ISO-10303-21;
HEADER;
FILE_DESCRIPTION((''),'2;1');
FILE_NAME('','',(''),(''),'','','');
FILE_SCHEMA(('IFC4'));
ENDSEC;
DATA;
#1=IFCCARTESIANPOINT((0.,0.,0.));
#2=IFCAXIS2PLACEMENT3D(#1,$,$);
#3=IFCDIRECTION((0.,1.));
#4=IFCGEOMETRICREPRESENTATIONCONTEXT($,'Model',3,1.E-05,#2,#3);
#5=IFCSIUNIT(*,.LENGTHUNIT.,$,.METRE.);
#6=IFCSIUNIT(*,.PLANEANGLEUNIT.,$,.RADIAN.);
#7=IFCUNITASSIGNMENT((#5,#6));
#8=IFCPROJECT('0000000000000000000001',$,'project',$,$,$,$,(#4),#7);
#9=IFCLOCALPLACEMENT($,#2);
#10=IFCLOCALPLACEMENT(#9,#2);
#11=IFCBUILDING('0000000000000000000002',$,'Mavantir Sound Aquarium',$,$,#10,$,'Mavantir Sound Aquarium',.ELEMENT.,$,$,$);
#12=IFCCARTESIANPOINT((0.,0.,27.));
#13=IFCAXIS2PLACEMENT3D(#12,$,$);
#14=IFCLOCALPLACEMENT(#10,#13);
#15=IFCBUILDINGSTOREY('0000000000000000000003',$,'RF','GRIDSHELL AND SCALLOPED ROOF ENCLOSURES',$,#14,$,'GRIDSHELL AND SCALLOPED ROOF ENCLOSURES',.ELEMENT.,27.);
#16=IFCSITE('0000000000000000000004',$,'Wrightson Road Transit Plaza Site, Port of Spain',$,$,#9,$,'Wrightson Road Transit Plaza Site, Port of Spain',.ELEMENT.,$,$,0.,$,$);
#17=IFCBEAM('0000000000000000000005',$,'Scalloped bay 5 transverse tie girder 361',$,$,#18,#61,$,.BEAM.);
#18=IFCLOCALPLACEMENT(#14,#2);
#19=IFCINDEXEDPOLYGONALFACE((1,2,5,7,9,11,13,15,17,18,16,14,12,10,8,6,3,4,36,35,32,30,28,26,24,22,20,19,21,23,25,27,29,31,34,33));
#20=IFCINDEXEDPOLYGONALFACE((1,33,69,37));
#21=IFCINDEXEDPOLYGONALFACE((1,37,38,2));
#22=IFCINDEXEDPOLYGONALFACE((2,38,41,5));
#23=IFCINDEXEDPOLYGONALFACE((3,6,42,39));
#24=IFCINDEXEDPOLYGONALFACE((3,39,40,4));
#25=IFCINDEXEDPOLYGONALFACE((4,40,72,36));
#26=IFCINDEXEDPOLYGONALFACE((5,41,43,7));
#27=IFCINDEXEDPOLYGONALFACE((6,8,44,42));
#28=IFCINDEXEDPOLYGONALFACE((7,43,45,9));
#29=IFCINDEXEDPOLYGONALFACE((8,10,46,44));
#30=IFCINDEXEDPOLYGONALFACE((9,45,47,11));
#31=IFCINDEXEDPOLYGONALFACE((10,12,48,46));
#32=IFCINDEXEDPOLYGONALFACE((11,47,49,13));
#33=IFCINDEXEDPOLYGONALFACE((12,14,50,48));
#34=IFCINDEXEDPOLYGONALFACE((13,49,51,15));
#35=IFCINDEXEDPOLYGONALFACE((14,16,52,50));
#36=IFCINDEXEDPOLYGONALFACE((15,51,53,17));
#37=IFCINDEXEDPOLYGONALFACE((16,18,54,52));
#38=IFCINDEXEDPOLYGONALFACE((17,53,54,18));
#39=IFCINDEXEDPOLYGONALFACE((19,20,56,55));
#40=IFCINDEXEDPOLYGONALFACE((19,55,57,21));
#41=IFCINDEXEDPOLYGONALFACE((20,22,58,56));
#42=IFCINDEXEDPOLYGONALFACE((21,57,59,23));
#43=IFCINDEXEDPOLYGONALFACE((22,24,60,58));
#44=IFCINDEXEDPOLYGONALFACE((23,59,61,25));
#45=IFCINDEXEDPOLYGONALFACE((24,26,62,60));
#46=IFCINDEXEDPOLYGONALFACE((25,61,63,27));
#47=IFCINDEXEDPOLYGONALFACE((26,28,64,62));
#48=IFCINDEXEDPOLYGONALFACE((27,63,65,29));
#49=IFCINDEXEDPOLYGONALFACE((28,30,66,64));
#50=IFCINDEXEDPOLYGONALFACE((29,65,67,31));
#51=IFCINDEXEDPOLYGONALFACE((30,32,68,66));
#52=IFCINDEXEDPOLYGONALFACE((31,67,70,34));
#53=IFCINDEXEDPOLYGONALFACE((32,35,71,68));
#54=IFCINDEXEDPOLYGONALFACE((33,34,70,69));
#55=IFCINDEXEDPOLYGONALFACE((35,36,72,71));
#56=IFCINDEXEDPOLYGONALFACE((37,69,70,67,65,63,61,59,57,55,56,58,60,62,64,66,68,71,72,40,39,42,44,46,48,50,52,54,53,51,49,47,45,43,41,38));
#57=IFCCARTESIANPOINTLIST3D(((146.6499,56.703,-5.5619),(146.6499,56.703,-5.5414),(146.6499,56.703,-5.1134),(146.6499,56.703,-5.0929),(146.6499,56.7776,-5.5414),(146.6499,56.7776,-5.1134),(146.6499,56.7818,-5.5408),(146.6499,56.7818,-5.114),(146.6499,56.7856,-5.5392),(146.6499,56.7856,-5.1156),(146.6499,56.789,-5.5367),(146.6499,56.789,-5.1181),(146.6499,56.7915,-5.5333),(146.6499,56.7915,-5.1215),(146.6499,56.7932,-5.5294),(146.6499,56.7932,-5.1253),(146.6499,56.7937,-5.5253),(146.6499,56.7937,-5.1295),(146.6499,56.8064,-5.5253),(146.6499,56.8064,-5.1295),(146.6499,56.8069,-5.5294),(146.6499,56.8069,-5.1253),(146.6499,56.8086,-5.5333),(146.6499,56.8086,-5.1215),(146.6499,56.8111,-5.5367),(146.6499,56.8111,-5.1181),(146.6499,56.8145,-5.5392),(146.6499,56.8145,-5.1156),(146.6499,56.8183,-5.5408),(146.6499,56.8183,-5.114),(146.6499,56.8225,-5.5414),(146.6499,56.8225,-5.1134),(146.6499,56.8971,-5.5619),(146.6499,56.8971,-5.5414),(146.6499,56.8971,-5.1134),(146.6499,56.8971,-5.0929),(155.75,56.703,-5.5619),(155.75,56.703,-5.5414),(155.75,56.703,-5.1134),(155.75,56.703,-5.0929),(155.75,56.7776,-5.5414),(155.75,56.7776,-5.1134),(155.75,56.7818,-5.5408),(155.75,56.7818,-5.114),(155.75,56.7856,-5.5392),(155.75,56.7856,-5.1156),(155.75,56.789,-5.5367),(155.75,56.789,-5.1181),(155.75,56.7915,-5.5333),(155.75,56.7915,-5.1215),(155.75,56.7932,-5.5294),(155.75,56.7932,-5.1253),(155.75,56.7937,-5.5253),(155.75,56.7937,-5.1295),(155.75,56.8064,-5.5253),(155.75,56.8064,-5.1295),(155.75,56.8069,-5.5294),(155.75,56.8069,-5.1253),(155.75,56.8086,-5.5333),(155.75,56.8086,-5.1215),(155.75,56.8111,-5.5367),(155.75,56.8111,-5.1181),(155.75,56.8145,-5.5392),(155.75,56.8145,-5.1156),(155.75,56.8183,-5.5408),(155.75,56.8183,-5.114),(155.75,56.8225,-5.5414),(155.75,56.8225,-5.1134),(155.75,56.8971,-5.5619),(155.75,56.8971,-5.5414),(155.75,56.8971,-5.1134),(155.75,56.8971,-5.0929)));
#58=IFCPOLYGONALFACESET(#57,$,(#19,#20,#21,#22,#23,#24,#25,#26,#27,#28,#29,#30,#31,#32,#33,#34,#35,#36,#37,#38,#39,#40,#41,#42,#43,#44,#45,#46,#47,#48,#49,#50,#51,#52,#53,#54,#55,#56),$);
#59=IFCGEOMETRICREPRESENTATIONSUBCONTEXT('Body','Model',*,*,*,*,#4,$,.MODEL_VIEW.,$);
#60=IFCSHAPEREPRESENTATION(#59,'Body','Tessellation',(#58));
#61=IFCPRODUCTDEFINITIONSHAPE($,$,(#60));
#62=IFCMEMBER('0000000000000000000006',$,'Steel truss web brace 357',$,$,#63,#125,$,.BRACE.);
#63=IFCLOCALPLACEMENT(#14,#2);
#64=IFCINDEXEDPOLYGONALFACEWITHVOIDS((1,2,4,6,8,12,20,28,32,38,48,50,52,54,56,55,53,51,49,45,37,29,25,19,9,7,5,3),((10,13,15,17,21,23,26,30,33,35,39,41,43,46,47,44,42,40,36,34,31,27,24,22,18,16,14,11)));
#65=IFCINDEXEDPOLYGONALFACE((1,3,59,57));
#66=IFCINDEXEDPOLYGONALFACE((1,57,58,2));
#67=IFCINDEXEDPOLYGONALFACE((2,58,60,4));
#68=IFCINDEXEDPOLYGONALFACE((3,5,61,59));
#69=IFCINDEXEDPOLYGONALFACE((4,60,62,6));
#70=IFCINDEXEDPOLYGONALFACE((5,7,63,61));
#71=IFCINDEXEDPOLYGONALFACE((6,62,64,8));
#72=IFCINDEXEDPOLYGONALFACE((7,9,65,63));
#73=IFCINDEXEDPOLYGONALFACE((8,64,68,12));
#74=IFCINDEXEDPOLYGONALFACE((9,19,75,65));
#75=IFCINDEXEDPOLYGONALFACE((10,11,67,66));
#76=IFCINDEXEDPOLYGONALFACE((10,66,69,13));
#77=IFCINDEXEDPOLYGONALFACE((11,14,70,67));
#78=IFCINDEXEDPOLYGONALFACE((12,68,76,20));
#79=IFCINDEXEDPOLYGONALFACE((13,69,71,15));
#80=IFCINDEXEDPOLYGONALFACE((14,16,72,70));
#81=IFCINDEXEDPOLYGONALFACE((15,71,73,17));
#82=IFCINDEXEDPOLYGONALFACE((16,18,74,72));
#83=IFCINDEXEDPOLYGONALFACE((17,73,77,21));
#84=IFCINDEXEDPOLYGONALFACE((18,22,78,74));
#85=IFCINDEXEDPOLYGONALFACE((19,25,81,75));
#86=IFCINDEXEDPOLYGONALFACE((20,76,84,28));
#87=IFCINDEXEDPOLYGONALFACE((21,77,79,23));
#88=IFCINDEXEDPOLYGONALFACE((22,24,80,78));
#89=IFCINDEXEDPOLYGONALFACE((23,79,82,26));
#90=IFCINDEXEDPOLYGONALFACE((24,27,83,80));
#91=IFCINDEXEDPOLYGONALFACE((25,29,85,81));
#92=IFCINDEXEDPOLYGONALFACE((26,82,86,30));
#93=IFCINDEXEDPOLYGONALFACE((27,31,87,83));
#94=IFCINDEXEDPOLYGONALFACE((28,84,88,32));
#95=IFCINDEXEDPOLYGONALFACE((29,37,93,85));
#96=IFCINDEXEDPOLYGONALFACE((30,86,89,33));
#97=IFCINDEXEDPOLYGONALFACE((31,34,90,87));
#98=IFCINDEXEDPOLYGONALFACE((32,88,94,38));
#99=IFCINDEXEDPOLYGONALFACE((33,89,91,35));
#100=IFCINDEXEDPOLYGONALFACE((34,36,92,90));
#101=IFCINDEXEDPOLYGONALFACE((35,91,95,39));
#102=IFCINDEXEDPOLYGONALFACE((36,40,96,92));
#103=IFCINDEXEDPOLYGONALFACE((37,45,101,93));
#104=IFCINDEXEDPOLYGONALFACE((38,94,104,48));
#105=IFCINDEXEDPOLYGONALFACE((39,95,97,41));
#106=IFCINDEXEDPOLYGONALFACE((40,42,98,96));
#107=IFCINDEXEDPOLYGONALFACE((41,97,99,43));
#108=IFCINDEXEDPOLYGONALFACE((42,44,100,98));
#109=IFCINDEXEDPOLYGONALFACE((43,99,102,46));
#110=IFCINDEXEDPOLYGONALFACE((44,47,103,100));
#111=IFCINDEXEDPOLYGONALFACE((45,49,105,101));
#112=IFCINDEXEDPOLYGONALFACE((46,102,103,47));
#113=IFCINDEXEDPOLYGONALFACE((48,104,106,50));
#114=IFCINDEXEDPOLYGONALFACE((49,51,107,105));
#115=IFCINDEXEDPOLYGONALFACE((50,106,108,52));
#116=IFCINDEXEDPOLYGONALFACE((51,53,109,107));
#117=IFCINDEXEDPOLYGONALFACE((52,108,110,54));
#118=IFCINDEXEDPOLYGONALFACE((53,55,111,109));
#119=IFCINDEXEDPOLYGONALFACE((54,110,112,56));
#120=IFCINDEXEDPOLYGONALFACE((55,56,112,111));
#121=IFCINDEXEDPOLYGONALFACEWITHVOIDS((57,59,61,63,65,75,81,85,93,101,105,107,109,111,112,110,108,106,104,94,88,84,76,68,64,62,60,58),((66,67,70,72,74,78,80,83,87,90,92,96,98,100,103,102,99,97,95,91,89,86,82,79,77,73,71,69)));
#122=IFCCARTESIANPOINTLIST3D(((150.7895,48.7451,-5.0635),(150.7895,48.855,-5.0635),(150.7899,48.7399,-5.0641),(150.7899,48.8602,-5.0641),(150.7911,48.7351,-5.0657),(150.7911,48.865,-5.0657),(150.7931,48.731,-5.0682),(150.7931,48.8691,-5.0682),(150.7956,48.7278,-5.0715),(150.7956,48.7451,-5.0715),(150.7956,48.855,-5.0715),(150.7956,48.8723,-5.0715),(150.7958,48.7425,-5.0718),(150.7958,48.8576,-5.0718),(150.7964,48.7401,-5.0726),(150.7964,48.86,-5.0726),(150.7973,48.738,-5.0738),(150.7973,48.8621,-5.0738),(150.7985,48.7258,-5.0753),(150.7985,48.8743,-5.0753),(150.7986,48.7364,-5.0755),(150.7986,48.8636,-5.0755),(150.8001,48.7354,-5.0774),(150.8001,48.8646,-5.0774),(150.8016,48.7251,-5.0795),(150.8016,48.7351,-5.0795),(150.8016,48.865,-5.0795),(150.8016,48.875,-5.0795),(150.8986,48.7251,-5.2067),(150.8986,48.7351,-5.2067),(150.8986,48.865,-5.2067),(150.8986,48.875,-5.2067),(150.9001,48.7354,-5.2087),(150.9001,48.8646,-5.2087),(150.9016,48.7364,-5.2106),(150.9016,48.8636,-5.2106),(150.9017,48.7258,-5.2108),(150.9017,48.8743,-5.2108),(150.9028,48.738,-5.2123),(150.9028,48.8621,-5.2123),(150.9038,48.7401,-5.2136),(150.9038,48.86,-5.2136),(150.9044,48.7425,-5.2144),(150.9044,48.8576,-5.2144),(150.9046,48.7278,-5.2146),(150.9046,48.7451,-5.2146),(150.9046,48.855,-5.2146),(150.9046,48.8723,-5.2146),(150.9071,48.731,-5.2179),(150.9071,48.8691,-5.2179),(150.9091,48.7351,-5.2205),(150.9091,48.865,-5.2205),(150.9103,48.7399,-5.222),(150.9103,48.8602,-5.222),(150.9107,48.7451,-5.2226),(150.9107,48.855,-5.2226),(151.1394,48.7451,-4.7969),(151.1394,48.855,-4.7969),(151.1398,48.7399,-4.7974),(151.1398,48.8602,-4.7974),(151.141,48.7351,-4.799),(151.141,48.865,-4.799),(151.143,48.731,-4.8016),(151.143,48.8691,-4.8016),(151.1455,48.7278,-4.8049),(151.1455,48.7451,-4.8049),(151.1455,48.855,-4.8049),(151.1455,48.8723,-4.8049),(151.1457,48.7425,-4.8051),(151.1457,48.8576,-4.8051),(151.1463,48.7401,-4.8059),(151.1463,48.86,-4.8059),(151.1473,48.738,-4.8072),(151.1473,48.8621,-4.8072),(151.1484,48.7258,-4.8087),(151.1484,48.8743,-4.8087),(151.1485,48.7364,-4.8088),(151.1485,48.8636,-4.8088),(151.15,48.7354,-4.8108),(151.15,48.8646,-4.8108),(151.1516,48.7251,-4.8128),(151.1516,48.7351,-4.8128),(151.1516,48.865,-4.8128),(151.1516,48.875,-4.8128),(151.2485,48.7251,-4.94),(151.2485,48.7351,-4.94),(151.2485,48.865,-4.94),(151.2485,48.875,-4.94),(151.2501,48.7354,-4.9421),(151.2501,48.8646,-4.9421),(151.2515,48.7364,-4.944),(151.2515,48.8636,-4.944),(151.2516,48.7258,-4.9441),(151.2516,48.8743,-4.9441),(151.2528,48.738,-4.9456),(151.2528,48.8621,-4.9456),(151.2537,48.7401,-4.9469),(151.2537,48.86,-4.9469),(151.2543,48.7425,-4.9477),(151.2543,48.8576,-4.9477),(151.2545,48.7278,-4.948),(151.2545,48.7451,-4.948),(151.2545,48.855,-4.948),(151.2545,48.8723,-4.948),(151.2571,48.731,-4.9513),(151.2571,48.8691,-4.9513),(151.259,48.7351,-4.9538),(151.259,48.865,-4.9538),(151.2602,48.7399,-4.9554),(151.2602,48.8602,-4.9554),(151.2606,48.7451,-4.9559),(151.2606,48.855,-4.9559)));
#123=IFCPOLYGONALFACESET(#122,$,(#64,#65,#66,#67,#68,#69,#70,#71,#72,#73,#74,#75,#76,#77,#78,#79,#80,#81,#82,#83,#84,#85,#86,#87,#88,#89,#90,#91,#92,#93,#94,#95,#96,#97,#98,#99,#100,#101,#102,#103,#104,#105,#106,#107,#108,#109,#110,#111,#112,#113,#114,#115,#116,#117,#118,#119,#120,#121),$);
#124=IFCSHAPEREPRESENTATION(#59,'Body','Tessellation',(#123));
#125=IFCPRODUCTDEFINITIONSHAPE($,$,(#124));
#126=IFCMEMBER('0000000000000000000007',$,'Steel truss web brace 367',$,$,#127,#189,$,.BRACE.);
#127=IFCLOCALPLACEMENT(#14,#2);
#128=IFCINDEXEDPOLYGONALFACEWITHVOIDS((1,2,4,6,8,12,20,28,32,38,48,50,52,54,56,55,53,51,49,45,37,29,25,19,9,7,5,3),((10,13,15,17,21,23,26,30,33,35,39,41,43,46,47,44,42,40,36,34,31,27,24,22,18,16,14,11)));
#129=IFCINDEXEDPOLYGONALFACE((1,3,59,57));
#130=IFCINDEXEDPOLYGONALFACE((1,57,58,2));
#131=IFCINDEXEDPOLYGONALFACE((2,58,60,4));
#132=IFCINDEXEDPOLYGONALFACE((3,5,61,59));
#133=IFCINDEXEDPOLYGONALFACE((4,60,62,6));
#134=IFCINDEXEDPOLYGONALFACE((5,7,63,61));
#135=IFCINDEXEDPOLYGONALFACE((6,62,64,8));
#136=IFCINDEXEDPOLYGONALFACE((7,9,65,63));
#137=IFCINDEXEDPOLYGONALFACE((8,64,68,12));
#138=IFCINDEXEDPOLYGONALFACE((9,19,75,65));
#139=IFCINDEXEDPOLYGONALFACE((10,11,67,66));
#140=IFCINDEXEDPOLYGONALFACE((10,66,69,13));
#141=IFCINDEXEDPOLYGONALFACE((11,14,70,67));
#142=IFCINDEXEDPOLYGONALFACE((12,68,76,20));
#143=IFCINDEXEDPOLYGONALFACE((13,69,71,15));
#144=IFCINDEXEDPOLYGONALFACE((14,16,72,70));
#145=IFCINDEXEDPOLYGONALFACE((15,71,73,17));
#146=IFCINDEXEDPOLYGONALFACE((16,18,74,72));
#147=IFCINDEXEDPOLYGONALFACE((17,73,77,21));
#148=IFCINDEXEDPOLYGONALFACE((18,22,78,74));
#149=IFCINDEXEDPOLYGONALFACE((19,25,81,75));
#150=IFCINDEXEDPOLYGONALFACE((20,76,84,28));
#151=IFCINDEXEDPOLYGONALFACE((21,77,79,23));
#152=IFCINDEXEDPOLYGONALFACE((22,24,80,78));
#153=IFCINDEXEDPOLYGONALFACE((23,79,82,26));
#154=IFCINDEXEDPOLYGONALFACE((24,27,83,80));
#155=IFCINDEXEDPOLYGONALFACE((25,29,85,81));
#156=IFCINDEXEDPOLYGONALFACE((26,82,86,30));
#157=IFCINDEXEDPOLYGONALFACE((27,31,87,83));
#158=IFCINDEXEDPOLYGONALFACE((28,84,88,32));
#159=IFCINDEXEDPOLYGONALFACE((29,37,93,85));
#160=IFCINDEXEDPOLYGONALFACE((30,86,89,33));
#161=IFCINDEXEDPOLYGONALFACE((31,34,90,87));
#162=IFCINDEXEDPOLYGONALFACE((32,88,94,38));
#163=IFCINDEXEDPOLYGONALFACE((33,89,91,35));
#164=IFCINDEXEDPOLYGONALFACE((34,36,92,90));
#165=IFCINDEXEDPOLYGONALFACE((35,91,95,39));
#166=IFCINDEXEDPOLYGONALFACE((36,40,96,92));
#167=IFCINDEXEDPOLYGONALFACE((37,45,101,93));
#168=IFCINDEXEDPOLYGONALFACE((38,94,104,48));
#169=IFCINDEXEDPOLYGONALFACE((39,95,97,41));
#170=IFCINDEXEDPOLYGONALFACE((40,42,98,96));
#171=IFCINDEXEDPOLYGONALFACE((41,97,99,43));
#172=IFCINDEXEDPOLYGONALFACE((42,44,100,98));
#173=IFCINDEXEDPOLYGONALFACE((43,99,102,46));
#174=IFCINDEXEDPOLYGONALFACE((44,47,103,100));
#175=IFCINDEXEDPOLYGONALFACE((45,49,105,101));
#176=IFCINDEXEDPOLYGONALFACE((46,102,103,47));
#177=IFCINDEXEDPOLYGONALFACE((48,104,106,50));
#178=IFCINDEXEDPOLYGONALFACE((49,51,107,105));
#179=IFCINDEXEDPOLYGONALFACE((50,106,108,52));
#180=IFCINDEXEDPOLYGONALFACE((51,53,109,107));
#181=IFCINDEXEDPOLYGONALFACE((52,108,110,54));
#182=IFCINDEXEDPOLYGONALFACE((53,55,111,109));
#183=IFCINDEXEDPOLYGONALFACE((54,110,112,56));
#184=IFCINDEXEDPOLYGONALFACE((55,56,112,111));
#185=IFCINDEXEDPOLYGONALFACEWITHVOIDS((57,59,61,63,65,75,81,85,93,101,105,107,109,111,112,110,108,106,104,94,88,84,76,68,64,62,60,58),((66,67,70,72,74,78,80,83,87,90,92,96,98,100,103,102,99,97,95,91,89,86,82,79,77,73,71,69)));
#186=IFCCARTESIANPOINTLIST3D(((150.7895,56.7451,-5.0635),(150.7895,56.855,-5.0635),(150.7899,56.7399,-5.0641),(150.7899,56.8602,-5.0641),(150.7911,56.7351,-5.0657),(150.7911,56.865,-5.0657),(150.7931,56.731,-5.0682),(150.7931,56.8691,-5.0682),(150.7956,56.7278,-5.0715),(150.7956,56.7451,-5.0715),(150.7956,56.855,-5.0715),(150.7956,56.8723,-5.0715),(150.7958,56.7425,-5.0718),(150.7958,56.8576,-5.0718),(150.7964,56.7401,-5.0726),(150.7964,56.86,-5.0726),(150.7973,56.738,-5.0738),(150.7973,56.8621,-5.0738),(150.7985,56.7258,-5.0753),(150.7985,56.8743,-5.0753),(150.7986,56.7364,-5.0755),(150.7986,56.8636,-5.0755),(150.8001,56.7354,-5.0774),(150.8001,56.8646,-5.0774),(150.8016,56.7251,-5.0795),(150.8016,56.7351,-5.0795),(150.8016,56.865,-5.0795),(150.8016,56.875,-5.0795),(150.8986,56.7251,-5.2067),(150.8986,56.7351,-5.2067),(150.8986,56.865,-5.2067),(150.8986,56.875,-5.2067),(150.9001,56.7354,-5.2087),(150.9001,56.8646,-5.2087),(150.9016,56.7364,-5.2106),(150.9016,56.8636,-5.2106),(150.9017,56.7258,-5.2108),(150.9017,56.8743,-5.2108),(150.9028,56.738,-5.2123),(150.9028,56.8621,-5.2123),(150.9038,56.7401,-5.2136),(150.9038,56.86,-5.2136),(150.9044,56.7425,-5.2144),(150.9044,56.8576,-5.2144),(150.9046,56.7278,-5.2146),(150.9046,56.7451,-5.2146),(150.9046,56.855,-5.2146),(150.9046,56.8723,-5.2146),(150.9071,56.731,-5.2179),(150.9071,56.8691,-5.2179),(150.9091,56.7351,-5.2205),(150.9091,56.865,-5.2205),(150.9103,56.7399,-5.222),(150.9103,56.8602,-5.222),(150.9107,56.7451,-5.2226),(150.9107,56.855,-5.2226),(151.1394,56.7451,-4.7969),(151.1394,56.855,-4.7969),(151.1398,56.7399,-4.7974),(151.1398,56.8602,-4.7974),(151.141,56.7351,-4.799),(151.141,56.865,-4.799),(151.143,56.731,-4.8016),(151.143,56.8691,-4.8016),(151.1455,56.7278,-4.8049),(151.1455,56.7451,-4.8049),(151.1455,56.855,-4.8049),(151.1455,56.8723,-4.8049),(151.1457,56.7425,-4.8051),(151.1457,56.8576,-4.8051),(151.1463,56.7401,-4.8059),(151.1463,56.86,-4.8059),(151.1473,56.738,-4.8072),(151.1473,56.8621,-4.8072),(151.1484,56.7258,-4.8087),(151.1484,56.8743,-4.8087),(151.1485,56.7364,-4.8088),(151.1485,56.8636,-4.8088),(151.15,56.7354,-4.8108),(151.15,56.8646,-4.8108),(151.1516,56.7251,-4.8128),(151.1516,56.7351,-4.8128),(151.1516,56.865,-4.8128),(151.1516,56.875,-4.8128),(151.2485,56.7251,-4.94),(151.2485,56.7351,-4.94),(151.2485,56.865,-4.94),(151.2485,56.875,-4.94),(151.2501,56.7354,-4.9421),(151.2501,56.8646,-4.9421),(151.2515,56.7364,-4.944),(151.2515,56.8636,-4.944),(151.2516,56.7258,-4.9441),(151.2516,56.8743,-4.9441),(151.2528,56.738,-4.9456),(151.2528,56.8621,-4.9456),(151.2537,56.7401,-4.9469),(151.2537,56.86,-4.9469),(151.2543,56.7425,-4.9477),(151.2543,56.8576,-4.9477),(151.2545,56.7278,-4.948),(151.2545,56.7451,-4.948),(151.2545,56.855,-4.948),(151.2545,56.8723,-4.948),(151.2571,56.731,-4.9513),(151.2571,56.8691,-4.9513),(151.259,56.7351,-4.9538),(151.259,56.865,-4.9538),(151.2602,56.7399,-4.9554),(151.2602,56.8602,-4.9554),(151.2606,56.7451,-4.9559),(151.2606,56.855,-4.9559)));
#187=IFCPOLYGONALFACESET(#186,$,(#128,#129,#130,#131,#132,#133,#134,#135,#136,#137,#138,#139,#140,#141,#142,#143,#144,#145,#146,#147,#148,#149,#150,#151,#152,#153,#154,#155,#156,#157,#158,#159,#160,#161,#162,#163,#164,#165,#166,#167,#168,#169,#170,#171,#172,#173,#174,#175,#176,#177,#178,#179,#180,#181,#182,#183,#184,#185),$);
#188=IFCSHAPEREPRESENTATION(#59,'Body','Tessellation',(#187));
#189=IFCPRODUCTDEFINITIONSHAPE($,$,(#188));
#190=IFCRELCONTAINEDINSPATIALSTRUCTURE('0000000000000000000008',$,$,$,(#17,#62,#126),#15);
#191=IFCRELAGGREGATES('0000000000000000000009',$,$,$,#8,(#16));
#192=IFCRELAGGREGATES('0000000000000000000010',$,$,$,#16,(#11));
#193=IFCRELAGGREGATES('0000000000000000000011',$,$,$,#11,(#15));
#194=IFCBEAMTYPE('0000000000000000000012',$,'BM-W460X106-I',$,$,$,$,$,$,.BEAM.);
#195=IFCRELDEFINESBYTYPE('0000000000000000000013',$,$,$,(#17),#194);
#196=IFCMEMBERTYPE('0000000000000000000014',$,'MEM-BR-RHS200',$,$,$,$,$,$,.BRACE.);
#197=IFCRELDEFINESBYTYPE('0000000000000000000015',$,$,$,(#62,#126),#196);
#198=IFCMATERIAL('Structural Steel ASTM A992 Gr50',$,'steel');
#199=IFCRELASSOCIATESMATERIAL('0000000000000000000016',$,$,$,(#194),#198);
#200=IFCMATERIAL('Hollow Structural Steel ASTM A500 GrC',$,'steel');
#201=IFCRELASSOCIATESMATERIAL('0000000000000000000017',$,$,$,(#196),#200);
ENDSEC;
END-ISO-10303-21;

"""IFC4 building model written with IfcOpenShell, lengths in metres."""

from ifc_helpers import new_model, si_unit, direction, frame, origin, origin_2d, place, context, subcontext, project, spatial, hollow_rectangle, i_section, extrude, material, material_profile, profile_set, type_object, element, save


model = new_model("IFC4")

# Units and contexts
model_context = context("Model", 3, precision=1e-05, world=origin(), true_north=direction((0.0, 1.0)))
body_context = subcontext(model_context, "Body", "Model", "MODEL_VIEW")
ifc_project = project(units=[si_unit("LENGTHUNIT", "METRE"), si_unit("PLANEANGLEUNIT", "RADIAN")], contexts=[model_context])

# Site, building, storey
site_placement = place(None, origin())
site = spatial("IfcSite", under=ifc_project, at=site_placement, Name="Wrightson Road Transit Plaza Site, Port of Spain", LongName="Wrightson Road Transit Plaza Site, Port of Spain", CompositionType="ELEMENT", RefElevation=0.0)
building_placement = place(site_placement, origin())
building = spatial("IfcBuilding", under=site, at=building_placement, Name="Mavantir Sound Aquarium", LongName="Mavantir Sound Aquarium", CompositionType="ELEMENT")
storey_placement = place(building_placement, frame((0.0, 0.0, 27.0)))
storey = spatial("IfcBuildingStorey", under=building, at=storey_placement, Name="RF", Description="GRIDSHELL AND SCALLOPED ROOF ENCLOSURES", LongName="GRIDSHELL AND SCALLOPED ROOF ENCLOSURES", CompositionType="ELEMENT", Elevation=27.0)

# Beam
ifc_material_1 = material(Name="Structural Steel ASTM A992 Gr50", Category="steel")
ifc_material_profile_1 = material_profile(ifc_material_1, i_section(OverallWidth=0.1941, OverallDepth=0.469, WebThickness=0.0127, FlangeThickness=0.0205, FilletRadius=0.0161, at=origin_2d()), Name="W460X106")
ifc_profile_set_1 = profile_set([ifc_material_profile_1], Name="Structural Steel ASTM A992 Gr50")
beam_type = type_object("IfcBeamType", Name="BM-W460X106-I", PredefinedType="BEAM", material=ifc_profile_set_1)
beam_placement = place(storey_placement, frame((146.6499, 56.8, -5.3274), z_axis=(1.0, 0.0, 0.0), x_axis=(0.0, 1.0, 0.0)))
element("IfcBeam", 1, at=beam_placement, inside=storey, type_object=beam_type, Name="Scalloped bay 5 transverse tie girder 361", PredefinedType="BEAM", context=body_context, shape_type="SweptSolid", body=[
    extrude(i_section(OverallWidth=0.1941, OverallDepth=0.469, WebThickness=0.0127, FlangeThickness=0.0205, FilletRadius=0.0161, at=origin_2d()), origin(), (0.0, 0.0, 1.0), 9.1001),
])

# Members
ifc_material_2 = material(Name="Hollow Structural Steel ASTM A500 GrC", Category="steel")
ifc_material_profile_2 = material_profile(ifc_material_2, hollow_rectangle(XDim=0.1499, YDim=0.2, WallThickness=0.01, InnerFilletRadius=0.01, OuterFilletRadius=0.02, at=origin_2d()), Name="RHS 200X150X10")
ifc_profile_set_2 = profile_set([ifc_material_profile_2], Name="Hollow Structural Steel ASTM A500 GrC")
member_type_1 = type_object("IfcMemberType", Name="MEM-BR-RHS200", PredefinedType="BRACE", material=ifc_profile_set_2)
for number, where, z_axis, x_axis, name in (
    (2, (150.8501, 48.8, -5.1431), (0.795381, 0.0, 0.60611), (0.0, 1.0, 0.0), "Steel truss web brace 357"),
    (3, (150.8501, 56.8, -5.1431), (0.795381, 0.0, 0.60611), (0.0, 1.0, 0.0), "Steel truss web brace 367"),
):
    element("IfcMember", number, at=place(storey_placement, frame(where, z_axis=z_axis, x_axis=x_axis)), inside=storey, type_object=member_type_1, Name=name, PredefinedType="BRACE", context=body_context, shape_type="SweptSolid", body=[
        extrude(hollow_rectangle(XDim=0.1499, YDim=0.2, WallThickness=0.01, InnerFilletRadius=0.01, OuterFilletRadius=0.02, at=origin_2d()), origin(), (0.0, 0.0, 1.0), 0.4399),
    ])

save(model, "model.ifc")
